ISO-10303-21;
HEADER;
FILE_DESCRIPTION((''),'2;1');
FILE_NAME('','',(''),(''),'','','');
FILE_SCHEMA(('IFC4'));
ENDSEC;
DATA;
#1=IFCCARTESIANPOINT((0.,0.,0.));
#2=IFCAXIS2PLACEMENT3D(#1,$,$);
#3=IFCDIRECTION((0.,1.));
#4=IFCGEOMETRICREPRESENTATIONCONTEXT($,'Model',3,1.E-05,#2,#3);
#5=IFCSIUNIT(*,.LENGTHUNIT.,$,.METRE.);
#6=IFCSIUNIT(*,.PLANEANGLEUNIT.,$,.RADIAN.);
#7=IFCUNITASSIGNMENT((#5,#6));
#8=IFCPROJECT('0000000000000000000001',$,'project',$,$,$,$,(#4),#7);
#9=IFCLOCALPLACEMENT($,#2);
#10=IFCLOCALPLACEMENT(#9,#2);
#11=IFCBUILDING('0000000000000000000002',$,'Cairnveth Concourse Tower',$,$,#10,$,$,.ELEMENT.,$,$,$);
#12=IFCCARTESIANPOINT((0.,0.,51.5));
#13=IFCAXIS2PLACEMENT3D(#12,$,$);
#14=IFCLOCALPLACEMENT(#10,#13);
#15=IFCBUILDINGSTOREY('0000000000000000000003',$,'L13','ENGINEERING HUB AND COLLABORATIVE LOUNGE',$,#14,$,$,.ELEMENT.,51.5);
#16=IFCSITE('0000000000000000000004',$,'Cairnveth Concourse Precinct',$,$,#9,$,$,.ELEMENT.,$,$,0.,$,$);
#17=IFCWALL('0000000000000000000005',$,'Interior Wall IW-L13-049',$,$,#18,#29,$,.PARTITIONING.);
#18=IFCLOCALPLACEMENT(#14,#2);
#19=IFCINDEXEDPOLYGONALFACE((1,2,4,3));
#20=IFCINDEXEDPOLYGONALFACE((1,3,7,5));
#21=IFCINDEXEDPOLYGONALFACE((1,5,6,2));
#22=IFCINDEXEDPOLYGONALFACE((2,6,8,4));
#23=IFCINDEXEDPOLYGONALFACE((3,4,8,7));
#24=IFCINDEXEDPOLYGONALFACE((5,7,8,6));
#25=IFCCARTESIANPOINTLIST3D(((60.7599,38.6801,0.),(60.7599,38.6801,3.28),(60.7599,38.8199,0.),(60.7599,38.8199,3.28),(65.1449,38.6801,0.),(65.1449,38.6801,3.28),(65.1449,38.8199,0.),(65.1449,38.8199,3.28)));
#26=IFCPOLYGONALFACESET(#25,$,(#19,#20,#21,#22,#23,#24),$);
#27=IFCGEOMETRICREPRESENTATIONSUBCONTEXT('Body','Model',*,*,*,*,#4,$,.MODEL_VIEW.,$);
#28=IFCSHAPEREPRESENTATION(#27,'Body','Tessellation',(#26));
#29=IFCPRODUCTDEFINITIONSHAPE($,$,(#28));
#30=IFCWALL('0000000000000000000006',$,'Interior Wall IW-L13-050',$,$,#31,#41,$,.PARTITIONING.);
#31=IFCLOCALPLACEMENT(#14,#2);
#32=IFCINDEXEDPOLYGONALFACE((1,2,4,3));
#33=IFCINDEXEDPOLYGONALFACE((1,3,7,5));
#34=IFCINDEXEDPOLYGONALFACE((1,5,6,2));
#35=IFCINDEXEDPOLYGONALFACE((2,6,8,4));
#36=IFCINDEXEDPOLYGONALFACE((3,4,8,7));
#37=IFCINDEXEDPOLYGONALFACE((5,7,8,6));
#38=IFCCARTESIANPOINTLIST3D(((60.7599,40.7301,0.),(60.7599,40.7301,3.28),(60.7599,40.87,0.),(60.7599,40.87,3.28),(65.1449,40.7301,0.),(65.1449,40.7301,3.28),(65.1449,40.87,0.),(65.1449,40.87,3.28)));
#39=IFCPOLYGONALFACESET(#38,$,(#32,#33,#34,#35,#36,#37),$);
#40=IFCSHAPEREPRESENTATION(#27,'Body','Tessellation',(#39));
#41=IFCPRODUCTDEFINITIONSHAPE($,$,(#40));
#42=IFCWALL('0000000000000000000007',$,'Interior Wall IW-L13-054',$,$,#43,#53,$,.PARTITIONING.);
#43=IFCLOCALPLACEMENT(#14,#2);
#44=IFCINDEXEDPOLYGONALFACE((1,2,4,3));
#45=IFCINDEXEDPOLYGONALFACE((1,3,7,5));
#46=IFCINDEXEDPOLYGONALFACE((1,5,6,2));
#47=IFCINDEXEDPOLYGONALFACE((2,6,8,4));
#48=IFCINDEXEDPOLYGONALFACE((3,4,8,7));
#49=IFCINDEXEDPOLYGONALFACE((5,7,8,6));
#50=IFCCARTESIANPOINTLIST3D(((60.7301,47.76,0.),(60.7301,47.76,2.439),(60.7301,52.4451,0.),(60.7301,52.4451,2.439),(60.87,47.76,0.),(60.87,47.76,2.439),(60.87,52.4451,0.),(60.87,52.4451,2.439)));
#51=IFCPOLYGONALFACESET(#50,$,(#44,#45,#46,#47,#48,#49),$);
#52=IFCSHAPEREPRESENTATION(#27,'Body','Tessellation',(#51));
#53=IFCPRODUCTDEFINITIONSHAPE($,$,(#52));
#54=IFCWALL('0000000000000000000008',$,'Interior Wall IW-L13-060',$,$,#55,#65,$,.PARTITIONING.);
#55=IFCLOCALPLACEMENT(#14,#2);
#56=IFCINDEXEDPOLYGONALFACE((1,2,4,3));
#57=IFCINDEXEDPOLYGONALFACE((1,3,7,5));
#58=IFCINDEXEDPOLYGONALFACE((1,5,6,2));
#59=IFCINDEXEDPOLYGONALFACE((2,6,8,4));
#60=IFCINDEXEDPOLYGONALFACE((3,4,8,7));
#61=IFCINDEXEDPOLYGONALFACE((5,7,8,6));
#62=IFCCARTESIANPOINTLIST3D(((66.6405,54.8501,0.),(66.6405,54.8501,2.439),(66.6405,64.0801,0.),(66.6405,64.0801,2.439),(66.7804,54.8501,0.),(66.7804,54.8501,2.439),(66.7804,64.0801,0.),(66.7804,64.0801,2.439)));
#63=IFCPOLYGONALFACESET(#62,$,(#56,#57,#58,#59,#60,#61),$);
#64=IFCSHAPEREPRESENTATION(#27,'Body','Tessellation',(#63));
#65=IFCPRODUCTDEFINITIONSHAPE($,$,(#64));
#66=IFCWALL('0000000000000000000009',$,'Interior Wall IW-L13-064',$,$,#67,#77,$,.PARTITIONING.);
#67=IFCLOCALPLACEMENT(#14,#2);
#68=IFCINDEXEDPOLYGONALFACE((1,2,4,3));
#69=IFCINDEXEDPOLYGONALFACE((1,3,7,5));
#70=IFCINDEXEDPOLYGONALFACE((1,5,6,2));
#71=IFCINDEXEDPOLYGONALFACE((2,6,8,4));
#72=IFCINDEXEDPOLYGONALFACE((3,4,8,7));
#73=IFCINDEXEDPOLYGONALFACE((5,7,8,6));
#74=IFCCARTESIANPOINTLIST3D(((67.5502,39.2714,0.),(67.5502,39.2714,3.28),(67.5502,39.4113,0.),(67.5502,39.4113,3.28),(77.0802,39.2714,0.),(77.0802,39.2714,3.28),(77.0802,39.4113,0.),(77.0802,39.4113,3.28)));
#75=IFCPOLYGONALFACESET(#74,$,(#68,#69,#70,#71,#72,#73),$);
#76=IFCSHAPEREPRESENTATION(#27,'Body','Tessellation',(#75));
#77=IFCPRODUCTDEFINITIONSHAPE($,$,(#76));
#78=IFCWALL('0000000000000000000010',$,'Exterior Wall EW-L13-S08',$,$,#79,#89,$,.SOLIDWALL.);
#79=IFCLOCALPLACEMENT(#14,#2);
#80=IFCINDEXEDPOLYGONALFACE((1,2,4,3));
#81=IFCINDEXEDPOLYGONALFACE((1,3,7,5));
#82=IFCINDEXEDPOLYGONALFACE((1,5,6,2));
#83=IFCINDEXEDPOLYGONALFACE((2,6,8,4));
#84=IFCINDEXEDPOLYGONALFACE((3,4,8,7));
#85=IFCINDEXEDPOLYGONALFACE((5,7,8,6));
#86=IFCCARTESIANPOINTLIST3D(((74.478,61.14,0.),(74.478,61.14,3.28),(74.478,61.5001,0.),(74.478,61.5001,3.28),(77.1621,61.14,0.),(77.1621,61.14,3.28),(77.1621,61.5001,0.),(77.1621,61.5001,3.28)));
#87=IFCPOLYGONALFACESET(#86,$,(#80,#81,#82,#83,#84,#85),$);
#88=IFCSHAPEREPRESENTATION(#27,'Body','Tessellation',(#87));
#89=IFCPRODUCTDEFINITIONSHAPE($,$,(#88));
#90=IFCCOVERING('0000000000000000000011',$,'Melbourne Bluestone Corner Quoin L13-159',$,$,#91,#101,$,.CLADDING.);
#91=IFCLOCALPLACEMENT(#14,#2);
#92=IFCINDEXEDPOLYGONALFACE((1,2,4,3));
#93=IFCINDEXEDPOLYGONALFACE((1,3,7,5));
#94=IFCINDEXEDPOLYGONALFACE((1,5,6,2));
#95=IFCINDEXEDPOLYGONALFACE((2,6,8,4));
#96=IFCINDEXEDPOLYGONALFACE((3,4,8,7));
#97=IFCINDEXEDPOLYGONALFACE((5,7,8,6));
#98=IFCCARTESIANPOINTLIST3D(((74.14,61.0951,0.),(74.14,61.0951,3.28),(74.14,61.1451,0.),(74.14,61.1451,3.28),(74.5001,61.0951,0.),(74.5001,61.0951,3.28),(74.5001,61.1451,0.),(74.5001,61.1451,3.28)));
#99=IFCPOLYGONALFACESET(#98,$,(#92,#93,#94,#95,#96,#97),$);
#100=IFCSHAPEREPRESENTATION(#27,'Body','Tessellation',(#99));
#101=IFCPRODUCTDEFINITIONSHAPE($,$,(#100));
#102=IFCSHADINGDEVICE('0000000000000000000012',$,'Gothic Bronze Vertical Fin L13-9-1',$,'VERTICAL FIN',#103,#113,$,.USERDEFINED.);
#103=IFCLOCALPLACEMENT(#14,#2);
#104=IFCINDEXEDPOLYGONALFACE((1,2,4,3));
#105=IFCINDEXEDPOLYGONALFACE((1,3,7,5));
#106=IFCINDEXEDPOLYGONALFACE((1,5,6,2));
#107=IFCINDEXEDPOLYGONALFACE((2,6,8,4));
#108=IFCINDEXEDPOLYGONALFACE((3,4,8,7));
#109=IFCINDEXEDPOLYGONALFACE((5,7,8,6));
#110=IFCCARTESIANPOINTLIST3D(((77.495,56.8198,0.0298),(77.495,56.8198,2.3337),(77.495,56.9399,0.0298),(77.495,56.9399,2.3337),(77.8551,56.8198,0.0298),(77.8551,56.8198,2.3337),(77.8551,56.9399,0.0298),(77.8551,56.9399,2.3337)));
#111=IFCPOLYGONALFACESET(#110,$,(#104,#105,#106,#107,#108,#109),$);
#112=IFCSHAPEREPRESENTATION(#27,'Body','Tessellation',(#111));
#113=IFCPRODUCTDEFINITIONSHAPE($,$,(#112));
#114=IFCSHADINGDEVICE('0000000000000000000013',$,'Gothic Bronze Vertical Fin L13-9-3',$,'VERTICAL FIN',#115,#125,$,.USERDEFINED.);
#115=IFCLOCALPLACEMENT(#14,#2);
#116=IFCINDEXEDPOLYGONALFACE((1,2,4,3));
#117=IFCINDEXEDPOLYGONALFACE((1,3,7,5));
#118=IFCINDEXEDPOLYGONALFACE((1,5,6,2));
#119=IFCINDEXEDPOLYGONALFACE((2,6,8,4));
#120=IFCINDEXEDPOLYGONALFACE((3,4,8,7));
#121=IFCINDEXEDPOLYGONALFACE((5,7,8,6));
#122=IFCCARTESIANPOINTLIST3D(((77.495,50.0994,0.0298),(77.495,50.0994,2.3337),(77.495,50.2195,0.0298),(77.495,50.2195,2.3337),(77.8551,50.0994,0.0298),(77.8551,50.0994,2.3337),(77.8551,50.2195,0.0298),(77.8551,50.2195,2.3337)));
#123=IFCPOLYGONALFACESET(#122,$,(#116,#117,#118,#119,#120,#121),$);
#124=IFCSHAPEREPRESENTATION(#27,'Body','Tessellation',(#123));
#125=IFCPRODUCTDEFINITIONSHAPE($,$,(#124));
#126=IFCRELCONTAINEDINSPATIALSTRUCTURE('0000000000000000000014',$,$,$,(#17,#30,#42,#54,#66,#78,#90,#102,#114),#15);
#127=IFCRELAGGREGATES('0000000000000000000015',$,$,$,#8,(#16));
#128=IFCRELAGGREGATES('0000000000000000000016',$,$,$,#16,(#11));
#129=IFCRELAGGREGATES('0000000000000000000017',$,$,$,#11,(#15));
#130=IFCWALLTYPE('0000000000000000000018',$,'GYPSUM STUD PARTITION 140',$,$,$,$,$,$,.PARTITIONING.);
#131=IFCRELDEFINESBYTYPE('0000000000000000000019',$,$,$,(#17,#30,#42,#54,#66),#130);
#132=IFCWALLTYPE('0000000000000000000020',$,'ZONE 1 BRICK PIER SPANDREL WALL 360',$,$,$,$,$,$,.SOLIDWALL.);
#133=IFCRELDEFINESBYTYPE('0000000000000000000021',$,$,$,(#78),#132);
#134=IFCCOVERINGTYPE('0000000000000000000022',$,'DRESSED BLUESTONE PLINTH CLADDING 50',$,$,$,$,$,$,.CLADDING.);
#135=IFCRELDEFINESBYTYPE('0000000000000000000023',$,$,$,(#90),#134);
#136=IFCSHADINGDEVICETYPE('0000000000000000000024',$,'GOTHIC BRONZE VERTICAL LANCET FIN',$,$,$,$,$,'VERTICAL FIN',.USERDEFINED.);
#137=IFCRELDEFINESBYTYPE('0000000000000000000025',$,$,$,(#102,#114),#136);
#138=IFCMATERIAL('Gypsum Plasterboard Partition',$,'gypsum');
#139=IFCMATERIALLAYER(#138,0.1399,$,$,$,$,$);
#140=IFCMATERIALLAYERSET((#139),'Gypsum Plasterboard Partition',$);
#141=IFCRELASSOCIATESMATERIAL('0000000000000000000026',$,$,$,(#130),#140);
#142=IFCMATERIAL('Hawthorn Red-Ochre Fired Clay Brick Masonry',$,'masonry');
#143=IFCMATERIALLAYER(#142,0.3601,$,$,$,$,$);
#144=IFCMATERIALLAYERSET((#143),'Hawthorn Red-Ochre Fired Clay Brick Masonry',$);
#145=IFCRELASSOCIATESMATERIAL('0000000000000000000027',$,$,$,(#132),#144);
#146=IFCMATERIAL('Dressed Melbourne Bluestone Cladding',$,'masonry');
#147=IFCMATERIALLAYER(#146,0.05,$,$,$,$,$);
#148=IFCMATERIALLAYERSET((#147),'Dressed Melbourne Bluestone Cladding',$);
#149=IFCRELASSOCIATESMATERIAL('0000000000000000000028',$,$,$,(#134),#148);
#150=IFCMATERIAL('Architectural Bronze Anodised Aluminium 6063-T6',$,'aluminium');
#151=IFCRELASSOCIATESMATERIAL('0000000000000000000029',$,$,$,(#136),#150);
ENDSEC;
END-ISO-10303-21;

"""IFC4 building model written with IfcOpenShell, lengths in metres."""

from ifc_helpers import new_model, si_unit, direction, frame, frame_2d, origin, origin_2d, place, context, subcontext, project, spatial, rectangle, extrude, material, layer, layer_set, type_object, element, save


model = new_model("IFC4")

# Units and contexts
model_context = context("Model", 3, precision=1e-05, world=origin(), true_north=direction((0.0, 1.0)))
body_context = subcontext(model_context, "Body", "Model", "MODEL_VIEW")
ifc_project = project(units=[si_unit("LENGTHUNIT", "METRE"), si_unit("PLANEANGLEUNIT", "RADIAN")], contexts=[model_context])

# Site, building, storey
site_placement = place(None, origin())
site = spatial("IfcSite", under=ifc_project, at=site_placement, Name="Cairnveth Concourse Precinct", CompositionType="ELEMENT", RefElevation=0.0)
building_placement = place(site_placement, origin())
building = spatial("IfcBuilding", under=site, at=building_placement, Name="Cairnveth Concourse Tower", CompositionType="ELEMENT")
storey_placement = place(building_placement, frame((0.0, 0.0, 51.5)))
storey = spatial("IfcBuildingStorey", under=building, at=storey_placement, Name="L13", Description="ENGINEERING HUB AND COLLABORATIVE LOUNGE", CompositionType="ELEMENT", Elevation=51.5)

# Shared definitions
ifc_material_1 = material(Name="Gypsum Plasterboard Partition", Category="gypsum")
ifc_layer_1 = layer(ifc_material_1, 0.1399)
ifc_layer_set_1 = layer_set([ifc_layer_1], Name="Gypsum Plasterboard Partition")
wall_type_1 = type_object("IfcWallType", Name="GYPSUM STUD PARTITION 140", PredefinedType="PARTITIONING", material=ifc_layer_set_1)

# Walls
for number, where, z_axis, x_axis, name in (
    (1, (60.76, 38.75, 0.0), (0.0, 0.0, 1.0), (1.0, 0.0, 0.0), "Interior Wall IW-L13-049"),
    (2, (60.76, 40.8, 0.0), (0.0, 0.0, 1.0), (1.0, 0.0, 0.0), "Interior Wall IW-L13-050"),
):
    element("IfcWall", number, at=place(storey_placement, frame(where, z_axis=z_axis, x_axis=x_axis)), inside=storey, type_object=wall_type_1, Name=name, PredefinedType="PARTITIONING", context=body_context, shape_type="SweptSolid", body=[
        extrude(rectangle(XDim=4.385, YDim=0.1399, at=frame_2d((2.1924, 0.0))), origin(), (0.0, 0.0, 1.0), 3.28),
    ])
wall_1_placement = place(storey_placement, frame((60.8, 47.76, 0.0), z_axis=(0.0, 0.0, 1.0), x_axis=(0.0, 1.0, 0.0)))
element("IfcWall", 3, at=wall_1_placement, inside=storey, type_object=wall_type_1, Name="Interior Wall IW-L13-054", PredefinedType="PARTITIONING", context=body_context, shape_type="SweptSolid", body=[
    extrude(rectangle(XDim=4.6851, YDim=0.1399, at=frame_2d((2.3425, 0.0))), origin(), (0.0, 0.0, 1.0), 2.439),
])
wall_2_placement = place(storey_placement, frame((66.7104, 54.8501, 0.0), z_axis=(0.0, 0.0, 1.0), x_axis=(0.0, 1.0, 0.0)))
element("IfcWall", 4, at=wall_2_placement, inside=storey, type_object=wall_type_1, Name="Interior Wall IW-L13-060", PredefinedType="PARTITIONING", context=body_context, shape_type="SweptSolid", body=[
    extrude(rectangle(XDim=9.23, YDim=0.1399, at=frame_2d((4.615, 0.0))), origin(), (0.0, 0.0, 1.0), 2.439),
])
wall_3_placement = place(storey_placement, frame((67.55, 39.3413, 0.0), z_axis=(0.0, 0.0, 1.0), x_axis=(1.0, 0.0, 0.0)))
element("IfcWall", 5, at=wall_3_placement, inside=storey, type_object=wall_type_1, Name="Interior Wall IW-L13-064", PredefinedType="PARTITIONING", context=body_context, shape_type="SweptSolid", body=[
    extrude(rectangle(XDim=9.53, YDim=0.1399, at=frame_2d((4.7651, 0.0))), origin(), (0.0, 0.0, 1.0), 3.28),
])
ifc_material_2 = material(Name="Hawthorn Red-Ochre Fired Clay Brick Masonry", Category="masonry")
ifc_layer_2 = layer(ifc_material_2, 0.3601)
ifc_layer_set_2 = layer_set([ifc_layer_2], Name="Hawthorn Red-Ochre Fired Clay Brick Masonry")
wall_type_2 = type_object("IfcWallType", Name="ZONE 1 BRICK PIER SPANDREL WALL 360", PredefinedType="SOLIDWALL", material=ifc_layer_set_2)
wall_4_placement = place(storey_placement, frame((74.478, 61.3201, 0.0), z_axis=(0.0, 0.0, 1.0), x_axis=(1.0, 0.0, 0.0)))
element("IfcWall", 6, at=wall_4_placement, inside=storey, type_object=wall_type_2, Name="Exterior Wall EW-L13-S08", PredefinedType="SOLIDWALL", context=body_context, shape_type="SweptSolid", body=[
    extrude(rectangle(XDim=2.6841, YDim=0.3601, at=frame_2d((1.342, 0.0))), origin(), (0.0, 0.0, 1.0), 3.28),
])

# Covering
ifc_material_3 = material(Name="Dressed Melbourne Bluestone Cladding", Category="masonry")
ifc_layer_3 = layer(ifc_material_3, 0.05)
ifc_layer_set_3 = layer_set([ifc_layer_3], Name="Dressed Melbourne Bluestone Cladding")
covering_type = type_object("IfcCoveringType", Name="DRESSED BLUESTONE PLINTH CLADDING 50", PredefinedType="CLADDING", material=ifc_layer_set_3)
covering_placement = place(storey_placement, frame((74.1399, 61.1201, 0.0), z_axis=(0.0, 0.0, 1.0), x_axis=(1.0, 0.0, 0.0)))
element("IfcCovering", 7, at=covering_placement, inside=storey, type_object=covering_type, Name="Melbourne Bluestone Corner Quoin L13-159", PredefinedType="CLADDING", context=body_context, shape_type="SweptSolid", body=[
    extrude(rectangle(XDim=0.3601, YDim=0.05, at=frame_2d((0.1802, 0.0))), origin(), (0.0, 0.0, 1.0), 3.28),
])

# Shading devices
ifc_material_4 = material(Name="Architectural Bronze Anodised Aluminium 6063-T6", Category="aluminium")
shading_device_type = type_object("IfcShadingDeviceType", Name="GOTHIC BRONZE VERTICAL LANCET FIN", ElementType="VERTICAL FIN", PredefinedType="USERDEFINED", material=ifc_material_4)
for number, where, z_axis, x_axis, name in (
    (8, (77.675, 56.8799, 0.0298), (0.0, 0.0, 1.0), (0.0, 1.0, 0.0), "Gothic Bronze Vertical Fin L13-9-1"),
    (9, (77.675, 50.1594, 0.0298), (0.0, 0.0, 1.0), (0.0, 1.0, 0.0), "Gothic Bronze Vertical Fin L13-9-3"),
):
    element("IfcShadingDevice", number, at=place(storey_placement, frame(where, z_axis=z_axis, x_axis=x_axis)), inside=storey, type_object=shading_device_type, Name=name, ObjectType="VERTICAL FIN", PredefinedType="USERDEFINED", context=body_context, shape_type="SweptSolid", body=[
        extrude(rectangle(XDim=0.1201, YDim=0.3601, at=origin_2d()), origin(), (0.0, 0.0, 1.0), 2.304),
    ])

save(model, "model.ifc")
